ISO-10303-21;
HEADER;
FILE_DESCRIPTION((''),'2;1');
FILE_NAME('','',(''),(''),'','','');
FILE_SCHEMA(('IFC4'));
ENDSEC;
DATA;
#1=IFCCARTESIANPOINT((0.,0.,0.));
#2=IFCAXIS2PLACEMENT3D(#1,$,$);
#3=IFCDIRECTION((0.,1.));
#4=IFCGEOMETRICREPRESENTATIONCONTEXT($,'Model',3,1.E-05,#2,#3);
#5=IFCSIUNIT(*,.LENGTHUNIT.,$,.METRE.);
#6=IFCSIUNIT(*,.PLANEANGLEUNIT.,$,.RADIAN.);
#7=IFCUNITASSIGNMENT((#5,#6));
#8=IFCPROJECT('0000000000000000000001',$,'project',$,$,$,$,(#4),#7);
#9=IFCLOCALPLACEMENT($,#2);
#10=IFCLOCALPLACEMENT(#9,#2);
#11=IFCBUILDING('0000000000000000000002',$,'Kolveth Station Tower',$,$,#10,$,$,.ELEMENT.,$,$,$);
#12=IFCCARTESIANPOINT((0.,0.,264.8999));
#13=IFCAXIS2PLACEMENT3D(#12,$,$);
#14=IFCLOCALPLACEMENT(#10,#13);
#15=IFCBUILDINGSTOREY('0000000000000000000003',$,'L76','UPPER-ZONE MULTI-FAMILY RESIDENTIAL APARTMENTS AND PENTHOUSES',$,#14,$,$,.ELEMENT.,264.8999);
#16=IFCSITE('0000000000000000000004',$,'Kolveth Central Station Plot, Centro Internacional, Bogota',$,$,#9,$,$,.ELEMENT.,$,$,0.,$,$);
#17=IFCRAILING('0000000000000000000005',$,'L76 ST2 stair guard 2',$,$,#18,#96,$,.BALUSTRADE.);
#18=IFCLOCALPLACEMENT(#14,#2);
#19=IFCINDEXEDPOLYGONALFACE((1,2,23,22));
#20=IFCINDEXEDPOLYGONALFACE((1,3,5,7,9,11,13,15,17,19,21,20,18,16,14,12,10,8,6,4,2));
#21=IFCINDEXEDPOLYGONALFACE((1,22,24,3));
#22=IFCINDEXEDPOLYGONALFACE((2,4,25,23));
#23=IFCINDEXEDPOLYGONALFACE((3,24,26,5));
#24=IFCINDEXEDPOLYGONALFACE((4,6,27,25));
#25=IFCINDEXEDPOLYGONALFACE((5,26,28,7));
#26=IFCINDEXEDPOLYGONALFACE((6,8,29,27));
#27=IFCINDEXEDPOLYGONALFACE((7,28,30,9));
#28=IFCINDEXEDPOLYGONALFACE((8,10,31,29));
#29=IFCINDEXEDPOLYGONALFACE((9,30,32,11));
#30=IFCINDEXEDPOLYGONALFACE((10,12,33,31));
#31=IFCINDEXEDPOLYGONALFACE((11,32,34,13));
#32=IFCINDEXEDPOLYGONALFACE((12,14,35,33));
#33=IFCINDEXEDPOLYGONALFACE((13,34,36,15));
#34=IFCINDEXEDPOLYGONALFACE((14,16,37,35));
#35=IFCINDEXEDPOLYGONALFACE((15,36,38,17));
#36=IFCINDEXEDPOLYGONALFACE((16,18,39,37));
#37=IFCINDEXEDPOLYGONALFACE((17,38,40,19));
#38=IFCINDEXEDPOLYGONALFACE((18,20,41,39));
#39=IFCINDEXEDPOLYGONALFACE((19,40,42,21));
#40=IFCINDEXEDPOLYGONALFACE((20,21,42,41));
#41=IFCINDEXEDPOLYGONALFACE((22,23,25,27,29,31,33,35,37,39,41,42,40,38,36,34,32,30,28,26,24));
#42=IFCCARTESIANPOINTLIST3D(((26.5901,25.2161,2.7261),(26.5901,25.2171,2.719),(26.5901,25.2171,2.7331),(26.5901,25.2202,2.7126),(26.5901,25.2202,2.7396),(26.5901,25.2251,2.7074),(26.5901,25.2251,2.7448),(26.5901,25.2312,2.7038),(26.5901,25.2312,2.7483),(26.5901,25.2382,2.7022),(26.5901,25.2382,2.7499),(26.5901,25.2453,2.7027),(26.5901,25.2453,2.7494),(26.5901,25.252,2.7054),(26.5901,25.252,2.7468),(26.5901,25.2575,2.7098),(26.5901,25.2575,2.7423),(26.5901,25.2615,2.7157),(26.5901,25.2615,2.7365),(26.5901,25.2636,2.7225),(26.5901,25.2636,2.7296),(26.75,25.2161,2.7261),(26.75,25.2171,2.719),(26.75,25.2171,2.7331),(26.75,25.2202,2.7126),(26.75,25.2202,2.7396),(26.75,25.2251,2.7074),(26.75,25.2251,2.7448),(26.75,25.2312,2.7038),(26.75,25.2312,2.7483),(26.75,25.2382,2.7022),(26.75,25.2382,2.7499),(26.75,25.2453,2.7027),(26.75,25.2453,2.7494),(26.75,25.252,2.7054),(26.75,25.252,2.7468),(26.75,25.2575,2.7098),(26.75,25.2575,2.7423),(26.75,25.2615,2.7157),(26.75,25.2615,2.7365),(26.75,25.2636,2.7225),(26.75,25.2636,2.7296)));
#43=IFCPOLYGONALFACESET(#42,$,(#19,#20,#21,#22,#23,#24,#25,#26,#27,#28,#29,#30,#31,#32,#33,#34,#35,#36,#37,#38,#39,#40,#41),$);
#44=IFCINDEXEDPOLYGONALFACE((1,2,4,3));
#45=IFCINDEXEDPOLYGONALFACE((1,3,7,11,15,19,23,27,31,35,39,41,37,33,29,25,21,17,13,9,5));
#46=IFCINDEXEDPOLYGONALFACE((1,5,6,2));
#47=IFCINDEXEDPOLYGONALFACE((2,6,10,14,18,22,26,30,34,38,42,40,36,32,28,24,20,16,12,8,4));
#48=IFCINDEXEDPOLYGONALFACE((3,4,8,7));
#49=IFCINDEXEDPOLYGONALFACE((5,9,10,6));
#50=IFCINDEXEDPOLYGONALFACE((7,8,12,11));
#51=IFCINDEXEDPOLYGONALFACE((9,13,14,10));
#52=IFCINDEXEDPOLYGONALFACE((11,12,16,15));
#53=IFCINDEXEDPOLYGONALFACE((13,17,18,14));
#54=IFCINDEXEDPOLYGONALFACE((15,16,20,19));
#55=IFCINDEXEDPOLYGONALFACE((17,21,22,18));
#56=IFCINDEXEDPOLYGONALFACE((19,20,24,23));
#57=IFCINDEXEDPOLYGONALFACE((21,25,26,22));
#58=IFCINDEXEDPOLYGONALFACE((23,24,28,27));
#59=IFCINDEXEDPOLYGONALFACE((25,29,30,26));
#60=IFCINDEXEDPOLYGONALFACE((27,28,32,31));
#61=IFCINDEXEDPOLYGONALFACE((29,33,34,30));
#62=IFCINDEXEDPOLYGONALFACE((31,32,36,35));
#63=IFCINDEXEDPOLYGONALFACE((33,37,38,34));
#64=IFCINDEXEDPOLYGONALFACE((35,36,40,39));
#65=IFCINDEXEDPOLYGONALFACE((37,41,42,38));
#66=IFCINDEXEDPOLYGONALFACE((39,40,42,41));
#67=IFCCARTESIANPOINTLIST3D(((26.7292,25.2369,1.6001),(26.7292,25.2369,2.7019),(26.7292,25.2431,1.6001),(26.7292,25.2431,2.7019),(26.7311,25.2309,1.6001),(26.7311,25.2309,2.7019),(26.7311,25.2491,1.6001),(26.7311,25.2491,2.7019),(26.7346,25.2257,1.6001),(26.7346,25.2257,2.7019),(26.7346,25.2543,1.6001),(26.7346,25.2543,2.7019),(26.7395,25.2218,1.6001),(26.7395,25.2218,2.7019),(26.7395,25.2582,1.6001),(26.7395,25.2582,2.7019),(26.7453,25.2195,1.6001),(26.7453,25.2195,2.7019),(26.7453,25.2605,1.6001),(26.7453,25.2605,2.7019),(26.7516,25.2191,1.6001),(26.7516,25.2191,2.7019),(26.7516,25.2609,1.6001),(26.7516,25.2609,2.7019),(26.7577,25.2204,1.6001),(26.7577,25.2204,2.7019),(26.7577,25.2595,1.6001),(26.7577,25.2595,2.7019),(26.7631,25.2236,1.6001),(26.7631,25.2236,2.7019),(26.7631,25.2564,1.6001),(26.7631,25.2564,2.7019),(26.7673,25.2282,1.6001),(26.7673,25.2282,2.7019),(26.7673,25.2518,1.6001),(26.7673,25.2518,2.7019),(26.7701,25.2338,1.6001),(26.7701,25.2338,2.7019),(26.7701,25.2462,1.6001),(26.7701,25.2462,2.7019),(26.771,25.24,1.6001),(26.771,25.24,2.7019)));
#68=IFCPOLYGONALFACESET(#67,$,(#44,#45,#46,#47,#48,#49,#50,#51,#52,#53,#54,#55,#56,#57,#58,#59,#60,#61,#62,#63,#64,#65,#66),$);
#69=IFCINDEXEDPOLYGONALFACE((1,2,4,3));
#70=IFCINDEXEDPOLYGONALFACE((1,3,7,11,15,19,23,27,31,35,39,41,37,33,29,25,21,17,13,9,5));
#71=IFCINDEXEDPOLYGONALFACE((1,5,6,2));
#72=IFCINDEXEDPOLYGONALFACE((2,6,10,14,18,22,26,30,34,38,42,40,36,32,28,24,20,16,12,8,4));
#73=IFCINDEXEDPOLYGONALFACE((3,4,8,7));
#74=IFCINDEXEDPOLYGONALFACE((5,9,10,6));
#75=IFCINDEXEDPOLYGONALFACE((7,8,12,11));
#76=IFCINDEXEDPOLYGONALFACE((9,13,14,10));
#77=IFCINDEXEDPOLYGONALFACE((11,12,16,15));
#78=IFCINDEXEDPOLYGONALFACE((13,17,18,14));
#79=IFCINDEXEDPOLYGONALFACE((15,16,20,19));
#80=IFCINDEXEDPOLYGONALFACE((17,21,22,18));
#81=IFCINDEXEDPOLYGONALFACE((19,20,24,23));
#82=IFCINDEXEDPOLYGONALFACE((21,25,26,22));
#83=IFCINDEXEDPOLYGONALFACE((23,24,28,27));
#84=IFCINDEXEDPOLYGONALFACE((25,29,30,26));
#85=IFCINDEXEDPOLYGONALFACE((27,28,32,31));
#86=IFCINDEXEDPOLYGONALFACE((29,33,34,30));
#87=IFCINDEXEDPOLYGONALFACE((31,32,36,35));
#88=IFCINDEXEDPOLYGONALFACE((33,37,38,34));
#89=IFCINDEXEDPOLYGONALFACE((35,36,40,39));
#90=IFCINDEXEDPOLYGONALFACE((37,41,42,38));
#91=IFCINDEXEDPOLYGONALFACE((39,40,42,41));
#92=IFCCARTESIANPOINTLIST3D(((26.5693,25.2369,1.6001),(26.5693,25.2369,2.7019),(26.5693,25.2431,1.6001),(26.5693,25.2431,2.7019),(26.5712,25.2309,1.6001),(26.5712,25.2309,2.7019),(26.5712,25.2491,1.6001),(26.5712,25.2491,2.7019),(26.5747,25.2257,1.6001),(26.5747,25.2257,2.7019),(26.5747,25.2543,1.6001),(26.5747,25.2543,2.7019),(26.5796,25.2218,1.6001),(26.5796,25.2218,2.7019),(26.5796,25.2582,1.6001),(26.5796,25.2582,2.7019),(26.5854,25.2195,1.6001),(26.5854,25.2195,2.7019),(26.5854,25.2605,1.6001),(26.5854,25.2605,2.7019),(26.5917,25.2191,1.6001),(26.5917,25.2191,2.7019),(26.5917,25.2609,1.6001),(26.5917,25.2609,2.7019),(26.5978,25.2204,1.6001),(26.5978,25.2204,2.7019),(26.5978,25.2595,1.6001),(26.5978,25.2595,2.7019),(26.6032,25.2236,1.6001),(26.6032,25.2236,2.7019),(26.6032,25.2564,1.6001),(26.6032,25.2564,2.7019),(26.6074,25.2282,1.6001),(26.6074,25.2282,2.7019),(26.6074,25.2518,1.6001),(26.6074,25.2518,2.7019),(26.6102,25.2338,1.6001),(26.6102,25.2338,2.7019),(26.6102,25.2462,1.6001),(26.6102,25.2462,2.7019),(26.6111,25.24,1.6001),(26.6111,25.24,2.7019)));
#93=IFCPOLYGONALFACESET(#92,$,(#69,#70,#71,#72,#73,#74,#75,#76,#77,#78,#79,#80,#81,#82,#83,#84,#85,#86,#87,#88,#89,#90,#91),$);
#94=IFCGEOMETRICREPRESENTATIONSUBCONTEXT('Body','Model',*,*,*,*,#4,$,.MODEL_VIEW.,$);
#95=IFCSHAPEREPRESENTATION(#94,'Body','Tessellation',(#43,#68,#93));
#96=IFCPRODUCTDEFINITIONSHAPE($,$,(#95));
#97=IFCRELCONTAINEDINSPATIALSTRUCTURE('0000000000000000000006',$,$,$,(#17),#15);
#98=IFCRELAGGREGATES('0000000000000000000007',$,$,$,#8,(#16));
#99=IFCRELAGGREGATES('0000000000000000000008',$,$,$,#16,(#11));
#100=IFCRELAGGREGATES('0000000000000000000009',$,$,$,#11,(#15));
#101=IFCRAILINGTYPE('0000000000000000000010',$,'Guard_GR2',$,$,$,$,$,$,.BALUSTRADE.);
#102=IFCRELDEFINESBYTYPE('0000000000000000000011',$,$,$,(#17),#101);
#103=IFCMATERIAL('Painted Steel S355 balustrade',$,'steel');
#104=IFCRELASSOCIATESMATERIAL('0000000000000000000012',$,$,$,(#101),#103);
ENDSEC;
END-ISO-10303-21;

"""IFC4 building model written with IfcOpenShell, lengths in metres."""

from ifc_helpers import new_model, si_unit, direction, frame, origin, origin_2d, place, context, subcontext, project, spatial, circle, extrude, material, type_object, element, save


model = new_model("IFC4")

# Units and contexts
model_context = context("Model", 3, precision=1e-05, world=origin(), true_north=direction((0.0, 1.0)))
body_context = subcontext(model_context, "Body", "Model", "MODEL_VIEW")
ifc_project = project(units=[si_unit("LENGTHUNIT", "METRE"), si_unit("PLANEANGLEUNIT", "RADIAN")], contexts=[model_context])

# Site, building, storey
site_placement = place(None, origin())
site = spatial("IfcSite", under=ifc_project, at=site_placement, Name="Kolveth Central Station Plot, Centro Internacional, Bogota", CompositionType="ELEMENT", RefElevation=0.0)
building_placement = place(site_placement, origin())
building = spatial("IfcBuilding", under=site, at=building_placement, Name="Kolveth Station Tower", CompositionType="ELEMENT")
storey_placement = place(building_placement, frame((0.0, 0.0, 264.8999)))
storey = spatial("IfcBuildingStorey", under=building, at=storey_placement, Name="L76", Description="UPPER-ZONE MULTI-FAMILY RESIDENTIAL APARTMENTS AND PENTHOUSES", CompositionType="ELEMENT", Elevation=264.8999)

# Railing
ifc_material_1 = material(Name="Painted Steel S355 balustrade", Category="steel")
railing_type_1 = type_object("IfcRailingType", Name="Guard_GR2", PredefinedType="BALUSTRADE", material=ifc_material_1)
railing_1_placement = place(storey_placement, frame((26.75, 25.24, 1.6001)))
element("IfcRailing", 1, at=railing_1_placement, inside=storey, type_object=railing_type_1, Name="L76 ST2 stair guard 2", PredefinedType="BALUSTRADE", context=body_context, shape_type="SweptSolid", body=[
    extrude(circle(Radius=0.0239, at=origin_2d()), frame((0.0, 0.0, 1.126), z_axis=(-1.0, 0.0, 0.0), x_axis=(0.0, -1.0, 0.0)), (0.0, 0.0, 1.0), 0.1599),
    extrude(circle(Radius=0.021, at=origin_2d()), origin(), (0.0, 0.0, 1.0), 1.1018),
    extrude(circle(Radius=0.021, at=origin_2d()), frame((-0.1599, 0.0, 0.0)), (0.0, 0.0, 1.0), 1.1018),
])

save(model, "model.ifc")
